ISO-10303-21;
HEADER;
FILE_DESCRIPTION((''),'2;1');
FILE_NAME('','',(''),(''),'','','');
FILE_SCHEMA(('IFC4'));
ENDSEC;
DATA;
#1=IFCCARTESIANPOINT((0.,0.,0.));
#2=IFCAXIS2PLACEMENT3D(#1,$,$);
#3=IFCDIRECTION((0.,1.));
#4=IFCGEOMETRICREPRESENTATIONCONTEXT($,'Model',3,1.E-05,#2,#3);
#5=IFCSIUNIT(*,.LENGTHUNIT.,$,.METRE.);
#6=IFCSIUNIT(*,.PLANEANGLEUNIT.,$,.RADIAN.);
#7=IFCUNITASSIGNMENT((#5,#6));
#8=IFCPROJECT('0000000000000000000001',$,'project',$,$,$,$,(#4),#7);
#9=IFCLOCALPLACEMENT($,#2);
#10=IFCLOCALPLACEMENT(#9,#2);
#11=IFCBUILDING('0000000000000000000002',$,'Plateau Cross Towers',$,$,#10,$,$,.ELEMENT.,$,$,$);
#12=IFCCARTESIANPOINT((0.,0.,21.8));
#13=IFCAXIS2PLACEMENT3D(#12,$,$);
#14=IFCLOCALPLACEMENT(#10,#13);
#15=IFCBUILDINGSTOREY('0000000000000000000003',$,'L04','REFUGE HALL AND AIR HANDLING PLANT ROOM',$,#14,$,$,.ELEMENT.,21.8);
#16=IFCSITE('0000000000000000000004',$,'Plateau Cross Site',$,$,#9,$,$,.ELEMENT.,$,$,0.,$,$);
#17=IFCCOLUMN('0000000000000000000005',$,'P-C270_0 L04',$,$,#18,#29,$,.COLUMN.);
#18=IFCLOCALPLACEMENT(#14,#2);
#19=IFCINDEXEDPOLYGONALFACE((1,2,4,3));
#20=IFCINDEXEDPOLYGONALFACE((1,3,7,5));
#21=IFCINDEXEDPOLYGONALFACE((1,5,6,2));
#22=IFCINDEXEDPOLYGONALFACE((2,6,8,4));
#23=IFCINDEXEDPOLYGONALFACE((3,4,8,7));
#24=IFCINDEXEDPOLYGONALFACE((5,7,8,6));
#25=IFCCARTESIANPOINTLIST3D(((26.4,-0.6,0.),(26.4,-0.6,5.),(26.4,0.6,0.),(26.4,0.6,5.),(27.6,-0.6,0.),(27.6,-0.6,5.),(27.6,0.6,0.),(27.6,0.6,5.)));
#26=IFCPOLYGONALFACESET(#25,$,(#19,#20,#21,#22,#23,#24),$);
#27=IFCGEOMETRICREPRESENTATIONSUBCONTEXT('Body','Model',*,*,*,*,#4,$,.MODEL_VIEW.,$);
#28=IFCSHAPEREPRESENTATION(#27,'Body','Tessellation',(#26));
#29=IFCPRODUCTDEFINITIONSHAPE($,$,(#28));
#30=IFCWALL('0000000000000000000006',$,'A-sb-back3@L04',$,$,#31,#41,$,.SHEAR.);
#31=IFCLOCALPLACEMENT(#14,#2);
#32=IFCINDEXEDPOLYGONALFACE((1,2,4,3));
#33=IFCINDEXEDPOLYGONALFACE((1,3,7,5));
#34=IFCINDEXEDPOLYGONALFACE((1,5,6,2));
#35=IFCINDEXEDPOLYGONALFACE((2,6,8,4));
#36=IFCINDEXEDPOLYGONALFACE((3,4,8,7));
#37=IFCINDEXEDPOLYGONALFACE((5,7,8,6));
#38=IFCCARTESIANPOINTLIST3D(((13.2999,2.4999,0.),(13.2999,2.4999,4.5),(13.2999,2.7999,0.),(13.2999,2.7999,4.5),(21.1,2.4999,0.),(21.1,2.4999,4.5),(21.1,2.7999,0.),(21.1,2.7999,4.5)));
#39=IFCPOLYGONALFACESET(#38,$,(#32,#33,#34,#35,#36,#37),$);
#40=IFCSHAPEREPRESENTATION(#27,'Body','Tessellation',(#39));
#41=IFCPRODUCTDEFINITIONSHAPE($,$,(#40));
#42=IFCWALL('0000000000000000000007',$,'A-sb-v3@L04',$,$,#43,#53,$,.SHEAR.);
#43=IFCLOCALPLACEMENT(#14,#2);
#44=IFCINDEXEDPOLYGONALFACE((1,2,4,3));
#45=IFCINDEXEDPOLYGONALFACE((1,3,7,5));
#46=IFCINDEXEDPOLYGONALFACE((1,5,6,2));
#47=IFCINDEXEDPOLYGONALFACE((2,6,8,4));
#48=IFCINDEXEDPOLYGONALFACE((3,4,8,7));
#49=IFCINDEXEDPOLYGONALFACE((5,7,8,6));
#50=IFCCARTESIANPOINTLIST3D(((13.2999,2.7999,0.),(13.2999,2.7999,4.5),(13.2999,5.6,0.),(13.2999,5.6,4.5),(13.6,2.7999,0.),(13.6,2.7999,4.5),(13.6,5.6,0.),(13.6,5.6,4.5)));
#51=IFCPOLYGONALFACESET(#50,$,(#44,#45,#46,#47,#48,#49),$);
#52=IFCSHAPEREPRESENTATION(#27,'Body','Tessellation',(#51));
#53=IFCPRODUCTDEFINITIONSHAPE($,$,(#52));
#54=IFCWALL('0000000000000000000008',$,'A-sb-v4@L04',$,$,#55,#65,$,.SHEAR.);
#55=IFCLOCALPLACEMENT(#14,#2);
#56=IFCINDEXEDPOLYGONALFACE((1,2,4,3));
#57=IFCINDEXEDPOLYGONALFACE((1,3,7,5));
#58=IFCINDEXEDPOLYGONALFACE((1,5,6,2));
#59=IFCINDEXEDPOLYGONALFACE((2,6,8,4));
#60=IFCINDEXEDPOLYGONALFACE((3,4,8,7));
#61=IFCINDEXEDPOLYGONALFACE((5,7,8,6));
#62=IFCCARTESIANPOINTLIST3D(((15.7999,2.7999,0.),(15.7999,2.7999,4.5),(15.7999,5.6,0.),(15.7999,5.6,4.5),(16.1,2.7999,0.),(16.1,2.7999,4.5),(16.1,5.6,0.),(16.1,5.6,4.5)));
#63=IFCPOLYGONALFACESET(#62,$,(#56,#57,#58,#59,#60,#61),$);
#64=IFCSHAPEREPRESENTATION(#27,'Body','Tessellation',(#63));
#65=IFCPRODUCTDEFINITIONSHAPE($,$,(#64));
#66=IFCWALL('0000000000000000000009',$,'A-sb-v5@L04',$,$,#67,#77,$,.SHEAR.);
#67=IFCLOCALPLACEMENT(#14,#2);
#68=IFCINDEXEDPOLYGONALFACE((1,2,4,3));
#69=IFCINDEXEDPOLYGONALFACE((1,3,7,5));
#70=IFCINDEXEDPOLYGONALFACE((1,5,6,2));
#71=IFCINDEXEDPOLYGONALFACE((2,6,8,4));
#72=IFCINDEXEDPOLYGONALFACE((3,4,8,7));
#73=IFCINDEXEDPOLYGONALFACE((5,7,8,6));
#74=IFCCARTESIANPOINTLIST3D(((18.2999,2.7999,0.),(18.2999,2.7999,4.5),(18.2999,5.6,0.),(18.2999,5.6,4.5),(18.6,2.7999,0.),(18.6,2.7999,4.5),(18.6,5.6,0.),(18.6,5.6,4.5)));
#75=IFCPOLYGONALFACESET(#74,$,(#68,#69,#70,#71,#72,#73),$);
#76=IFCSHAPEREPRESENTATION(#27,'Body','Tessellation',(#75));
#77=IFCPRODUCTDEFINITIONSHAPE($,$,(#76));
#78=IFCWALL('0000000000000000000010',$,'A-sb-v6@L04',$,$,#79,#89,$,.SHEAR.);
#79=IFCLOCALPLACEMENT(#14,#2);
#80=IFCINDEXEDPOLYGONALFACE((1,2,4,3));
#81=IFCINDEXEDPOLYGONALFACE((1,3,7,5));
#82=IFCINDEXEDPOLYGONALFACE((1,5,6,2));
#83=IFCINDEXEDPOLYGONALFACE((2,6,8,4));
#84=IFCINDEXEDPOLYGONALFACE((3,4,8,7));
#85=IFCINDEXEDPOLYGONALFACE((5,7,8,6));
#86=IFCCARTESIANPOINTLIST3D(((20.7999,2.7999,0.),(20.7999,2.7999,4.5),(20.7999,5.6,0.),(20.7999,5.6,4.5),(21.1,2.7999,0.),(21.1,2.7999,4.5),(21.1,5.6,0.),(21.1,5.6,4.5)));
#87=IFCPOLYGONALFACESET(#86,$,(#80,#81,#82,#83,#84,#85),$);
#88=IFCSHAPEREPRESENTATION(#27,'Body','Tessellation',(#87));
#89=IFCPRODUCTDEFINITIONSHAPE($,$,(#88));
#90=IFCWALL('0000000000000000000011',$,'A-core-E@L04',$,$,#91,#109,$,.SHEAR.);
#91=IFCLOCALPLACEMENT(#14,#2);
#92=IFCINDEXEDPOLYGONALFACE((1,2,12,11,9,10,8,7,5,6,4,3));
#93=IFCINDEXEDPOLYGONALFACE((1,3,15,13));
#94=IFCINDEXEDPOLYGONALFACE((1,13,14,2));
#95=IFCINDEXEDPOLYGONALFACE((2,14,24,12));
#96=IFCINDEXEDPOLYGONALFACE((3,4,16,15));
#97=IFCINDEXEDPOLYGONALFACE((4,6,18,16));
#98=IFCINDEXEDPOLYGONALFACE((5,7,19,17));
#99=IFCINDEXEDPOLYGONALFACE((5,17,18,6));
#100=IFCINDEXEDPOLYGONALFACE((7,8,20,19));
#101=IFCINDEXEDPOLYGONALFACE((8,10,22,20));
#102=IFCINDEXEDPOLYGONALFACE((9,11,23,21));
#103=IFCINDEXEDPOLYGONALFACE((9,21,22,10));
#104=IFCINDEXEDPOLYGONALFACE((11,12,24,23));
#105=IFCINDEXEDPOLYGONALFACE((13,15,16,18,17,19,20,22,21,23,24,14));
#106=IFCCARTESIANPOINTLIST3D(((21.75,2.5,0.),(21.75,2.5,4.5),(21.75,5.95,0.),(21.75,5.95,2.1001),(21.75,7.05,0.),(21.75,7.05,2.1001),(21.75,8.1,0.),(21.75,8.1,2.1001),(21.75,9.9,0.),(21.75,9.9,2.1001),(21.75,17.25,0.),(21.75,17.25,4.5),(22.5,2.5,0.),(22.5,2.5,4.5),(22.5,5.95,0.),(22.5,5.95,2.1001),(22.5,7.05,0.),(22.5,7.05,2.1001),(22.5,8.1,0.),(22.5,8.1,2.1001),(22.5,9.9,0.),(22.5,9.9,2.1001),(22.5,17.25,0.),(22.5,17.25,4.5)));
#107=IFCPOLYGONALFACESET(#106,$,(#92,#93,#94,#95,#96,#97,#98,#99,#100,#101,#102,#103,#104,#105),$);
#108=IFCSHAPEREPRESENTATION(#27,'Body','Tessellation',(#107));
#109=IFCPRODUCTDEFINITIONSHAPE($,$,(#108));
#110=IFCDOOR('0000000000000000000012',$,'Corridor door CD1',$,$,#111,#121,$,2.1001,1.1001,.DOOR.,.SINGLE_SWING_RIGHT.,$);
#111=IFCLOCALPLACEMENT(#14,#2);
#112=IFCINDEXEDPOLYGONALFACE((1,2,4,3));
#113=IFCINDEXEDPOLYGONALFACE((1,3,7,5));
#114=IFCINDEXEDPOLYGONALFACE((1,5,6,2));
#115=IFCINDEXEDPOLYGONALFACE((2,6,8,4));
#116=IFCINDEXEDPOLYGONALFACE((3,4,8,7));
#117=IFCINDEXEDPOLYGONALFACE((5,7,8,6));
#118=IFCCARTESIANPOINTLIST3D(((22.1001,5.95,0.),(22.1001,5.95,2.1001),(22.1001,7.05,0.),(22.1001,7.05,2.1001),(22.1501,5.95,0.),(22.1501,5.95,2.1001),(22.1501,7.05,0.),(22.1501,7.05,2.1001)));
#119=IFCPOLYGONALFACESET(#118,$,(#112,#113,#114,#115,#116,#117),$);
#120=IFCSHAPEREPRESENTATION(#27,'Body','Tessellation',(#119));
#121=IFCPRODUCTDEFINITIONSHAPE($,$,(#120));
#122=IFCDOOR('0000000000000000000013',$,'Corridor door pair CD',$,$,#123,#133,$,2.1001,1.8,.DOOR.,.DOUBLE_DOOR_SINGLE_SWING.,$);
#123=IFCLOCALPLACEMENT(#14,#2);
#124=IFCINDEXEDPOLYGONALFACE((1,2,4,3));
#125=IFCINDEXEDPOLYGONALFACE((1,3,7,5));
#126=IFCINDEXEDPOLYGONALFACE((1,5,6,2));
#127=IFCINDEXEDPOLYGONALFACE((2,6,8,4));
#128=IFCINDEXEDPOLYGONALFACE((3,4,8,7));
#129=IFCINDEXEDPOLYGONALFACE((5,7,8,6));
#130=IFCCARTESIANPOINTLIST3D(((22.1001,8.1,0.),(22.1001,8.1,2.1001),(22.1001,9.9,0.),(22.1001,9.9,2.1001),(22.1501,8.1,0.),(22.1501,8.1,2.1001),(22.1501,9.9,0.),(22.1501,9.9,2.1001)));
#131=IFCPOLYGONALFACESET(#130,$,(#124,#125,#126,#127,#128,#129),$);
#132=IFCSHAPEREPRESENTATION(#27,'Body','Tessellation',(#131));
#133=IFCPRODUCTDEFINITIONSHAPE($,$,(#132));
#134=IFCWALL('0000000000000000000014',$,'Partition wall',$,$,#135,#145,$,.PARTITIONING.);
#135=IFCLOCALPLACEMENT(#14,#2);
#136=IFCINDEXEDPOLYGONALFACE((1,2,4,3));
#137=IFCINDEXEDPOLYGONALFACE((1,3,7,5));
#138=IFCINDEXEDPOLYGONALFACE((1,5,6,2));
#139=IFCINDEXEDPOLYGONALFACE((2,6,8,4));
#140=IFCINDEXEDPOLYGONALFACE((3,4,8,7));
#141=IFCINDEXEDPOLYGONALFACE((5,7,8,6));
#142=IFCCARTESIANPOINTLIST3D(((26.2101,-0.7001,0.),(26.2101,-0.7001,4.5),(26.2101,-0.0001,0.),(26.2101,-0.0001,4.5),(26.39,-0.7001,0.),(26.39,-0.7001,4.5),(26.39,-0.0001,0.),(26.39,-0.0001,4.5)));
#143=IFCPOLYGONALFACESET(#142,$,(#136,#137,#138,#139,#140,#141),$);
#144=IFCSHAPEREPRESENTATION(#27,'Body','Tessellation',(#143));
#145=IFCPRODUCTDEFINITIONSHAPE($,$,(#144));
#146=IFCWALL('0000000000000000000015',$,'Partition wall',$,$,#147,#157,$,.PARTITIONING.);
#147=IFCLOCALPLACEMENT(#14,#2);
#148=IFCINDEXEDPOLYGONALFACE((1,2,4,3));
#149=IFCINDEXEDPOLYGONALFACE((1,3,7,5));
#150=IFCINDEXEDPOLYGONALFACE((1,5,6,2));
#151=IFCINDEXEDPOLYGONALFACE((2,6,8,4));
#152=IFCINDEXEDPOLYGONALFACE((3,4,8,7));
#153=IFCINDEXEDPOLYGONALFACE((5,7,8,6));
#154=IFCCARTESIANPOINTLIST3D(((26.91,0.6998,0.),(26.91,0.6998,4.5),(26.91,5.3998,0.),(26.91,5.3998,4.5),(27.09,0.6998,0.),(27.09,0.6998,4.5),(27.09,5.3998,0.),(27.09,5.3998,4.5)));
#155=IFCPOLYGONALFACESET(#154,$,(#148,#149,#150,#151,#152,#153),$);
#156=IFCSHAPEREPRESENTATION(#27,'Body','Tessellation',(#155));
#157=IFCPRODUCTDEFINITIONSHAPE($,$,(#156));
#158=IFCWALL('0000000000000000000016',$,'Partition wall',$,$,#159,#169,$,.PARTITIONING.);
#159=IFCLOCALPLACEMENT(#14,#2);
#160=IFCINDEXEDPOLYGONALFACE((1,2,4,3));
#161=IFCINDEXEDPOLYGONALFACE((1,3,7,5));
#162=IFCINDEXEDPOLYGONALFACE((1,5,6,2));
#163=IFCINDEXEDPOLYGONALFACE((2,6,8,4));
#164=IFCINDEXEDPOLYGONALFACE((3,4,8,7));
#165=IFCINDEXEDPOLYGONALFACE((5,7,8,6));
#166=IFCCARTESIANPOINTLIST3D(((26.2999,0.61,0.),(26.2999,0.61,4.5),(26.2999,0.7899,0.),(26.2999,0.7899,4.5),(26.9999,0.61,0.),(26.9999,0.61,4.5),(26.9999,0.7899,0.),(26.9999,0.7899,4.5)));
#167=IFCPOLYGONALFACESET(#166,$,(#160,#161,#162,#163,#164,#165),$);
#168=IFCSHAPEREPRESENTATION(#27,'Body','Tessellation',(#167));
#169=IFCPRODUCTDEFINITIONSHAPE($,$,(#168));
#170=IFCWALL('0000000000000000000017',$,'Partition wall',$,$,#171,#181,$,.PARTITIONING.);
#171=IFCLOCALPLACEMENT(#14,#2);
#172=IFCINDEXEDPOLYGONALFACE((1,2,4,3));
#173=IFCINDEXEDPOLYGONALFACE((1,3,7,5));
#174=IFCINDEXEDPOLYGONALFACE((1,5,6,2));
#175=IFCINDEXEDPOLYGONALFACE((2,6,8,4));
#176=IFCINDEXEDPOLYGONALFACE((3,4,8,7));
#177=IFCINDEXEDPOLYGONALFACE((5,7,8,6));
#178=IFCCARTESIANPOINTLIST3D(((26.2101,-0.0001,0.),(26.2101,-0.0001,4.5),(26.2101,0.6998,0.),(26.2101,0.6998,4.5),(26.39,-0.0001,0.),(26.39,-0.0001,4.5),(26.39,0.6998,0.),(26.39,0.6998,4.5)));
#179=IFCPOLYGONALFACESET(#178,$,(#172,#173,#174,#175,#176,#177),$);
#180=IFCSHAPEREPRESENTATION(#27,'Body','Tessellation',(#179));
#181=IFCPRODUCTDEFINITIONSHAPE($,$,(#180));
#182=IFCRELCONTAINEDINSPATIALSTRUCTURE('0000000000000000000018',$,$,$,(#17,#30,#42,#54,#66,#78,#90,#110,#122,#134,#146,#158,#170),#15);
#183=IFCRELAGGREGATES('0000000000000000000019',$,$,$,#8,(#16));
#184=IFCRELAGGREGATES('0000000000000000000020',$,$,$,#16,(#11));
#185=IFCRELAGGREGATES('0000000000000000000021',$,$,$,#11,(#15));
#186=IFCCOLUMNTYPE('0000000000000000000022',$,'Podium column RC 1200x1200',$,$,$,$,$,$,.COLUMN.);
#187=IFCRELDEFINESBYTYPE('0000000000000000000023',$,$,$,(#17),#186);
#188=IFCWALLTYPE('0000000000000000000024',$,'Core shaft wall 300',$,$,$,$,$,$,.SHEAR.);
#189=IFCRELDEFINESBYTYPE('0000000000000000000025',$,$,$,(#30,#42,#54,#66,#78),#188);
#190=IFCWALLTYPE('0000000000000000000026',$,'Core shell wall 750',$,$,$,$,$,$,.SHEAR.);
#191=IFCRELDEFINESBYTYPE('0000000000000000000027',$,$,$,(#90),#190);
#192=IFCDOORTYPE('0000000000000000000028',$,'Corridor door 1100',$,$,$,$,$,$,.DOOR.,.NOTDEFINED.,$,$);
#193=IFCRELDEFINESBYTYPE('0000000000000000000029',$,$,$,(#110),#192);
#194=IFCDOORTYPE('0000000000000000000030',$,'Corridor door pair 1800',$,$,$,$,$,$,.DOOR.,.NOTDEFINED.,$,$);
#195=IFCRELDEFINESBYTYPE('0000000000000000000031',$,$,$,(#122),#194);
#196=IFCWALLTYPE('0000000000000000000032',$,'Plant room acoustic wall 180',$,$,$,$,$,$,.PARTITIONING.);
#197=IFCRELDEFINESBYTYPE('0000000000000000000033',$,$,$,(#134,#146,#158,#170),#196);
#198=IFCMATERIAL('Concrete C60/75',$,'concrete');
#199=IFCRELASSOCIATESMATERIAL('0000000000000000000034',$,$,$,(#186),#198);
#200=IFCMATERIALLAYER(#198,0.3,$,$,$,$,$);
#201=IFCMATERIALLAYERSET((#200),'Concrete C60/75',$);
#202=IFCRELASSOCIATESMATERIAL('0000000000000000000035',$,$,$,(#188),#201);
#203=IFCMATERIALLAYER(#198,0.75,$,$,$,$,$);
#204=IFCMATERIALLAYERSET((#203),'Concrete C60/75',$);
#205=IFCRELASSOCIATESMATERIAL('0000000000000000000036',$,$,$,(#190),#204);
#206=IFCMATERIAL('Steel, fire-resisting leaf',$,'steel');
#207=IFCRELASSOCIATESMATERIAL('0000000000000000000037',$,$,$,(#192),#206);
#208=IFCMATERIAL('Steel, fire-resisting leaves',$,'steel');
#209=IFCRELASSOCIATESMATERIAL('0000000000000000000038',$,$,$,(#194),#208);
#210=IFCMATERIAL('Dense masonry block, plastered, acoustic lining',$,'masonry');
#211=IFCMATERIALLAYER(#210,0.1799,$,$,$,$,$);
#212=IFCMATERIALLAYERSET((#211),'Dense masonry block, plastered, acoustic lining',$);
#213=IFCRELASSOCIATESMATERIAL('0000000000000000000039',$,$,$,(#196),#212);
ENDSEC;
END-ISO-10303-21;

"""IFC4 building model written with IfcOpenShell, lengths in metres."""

from ifc_helpers import new_model, si_unit, direction, frame, frame_2d, origin, origin_2d, place, context, subcontext, project, spatial, rectangle, extrude, material, layer, layer_set, material_profile, profile_set, type_object, element, fill, save


model = new_model("IFC4")

# Units and contexts
model_context = context("Model", 3, precision=1e-05, world=origin(), true_north=direction((0.0, 1.0)))
body_context = subcontext(model_context, "Body", "Model", "MODEL_VIEW")
ifc_project = project(units=[si_unit("LENGTHUNIT", "METRE"), si_unit("PLANEANGLEUNIT", "RADIAN")], contexts=[model_context])

# Site, building, storey
site_placement = place(None, origin())
site = spatial("IfcSite", under=ifc_project, at=site_placement, Name="Plateau Cross Site", CompositionType="ELEMENT", RefElevation=0.0)
building_placement = place(site_placement, origin())
building = spatial("IfcBuilding", under=site, at=building_placement, Name="Plateau Cross Towers", CompositionType="ELEMENT")
storey_placement = place(building_placement, frame((0.0, 0.0, 21.8)))
storey = spatial("IfcBuildingStorey", under=building, at=storey_placement, Name="L04", Description="REFUGE HALL AND AIR HANDLING PLANT ROOM", CompositionType="ELEMENT", Elevation=21.8)

# Column
ifc_material_1 = material(Name="Concrete C60/75", Category="concrete")
ifc_material_profile = material_profile(ifc_material_1, rectangle(XDim=1.2, YDim=1.2, at=origin_2d()), Name="RC 1200x1200")
ifc_profile_set = profile_set([ifc_material_profile], Name="Concrete C60/75")
column_type = type_object("IfcColumnType", Name="Podium column RC 1200x1200", PredefinedType="COLUMN", material=ifc_profile_set)
column_placement = place(storey_placement, frame((27.0, 0.0, 0.0), z_axis=(0.0, 0.0, 1.0), x_axis=(1.0, 0.0, 0.0)))
element("IfcColumn", 1, at=column_placement, inside=storey, type_object=column_type, Name="P-C270_0 L04", PredefinedType="COLUMN", context=body_context, shape_type="SweptSolid", body=[
    extrude(rectangle(XDim=1.2, YDim=1.2, at=origin_2d()), origin(), (0.0, 0.0, 1.0), 5.0),
])

# Walls
ifc_layer_1 = layer(ifc_material_1, 0.3)
ifc_layer_set_1 = layer_set([ifc_layer_1], Name="Concrete C60/75")
wall_type_1 = type_object("IfcWallType", Name="Core shaft wall 300", PredefinedType="SHEAR", material=ifc_layer_set_1)
wall_1_placement = place(storey_placement, frame((13.3, 2.6499, 0.0), z_axis=(0.0, 0.0, 1.0), x_axis=(1.0, 0.0, 0.0)))
element("IfcWall", 2, at=wall_1_placement, inside=storey, type_object=wall_type_1, Name="A-sb-back3@L04", PredefinedType="SHEAR", context=body_context, shape_type="SweptSolid", body=[
    extrude(rectangle(XDim=7.8, YDim=0.3, at=frame_2d((3.8999, 0.0))), origin(), (0.0, 0.0, 1.0), 4.5),
])
for number, where, z_axis, x_axis, name in (
    (3, (13.45, 2.8, 0.0), (0.0, 0.0, 1.0), (0.0, 1.0, 0.0), "A-sb-v3@L04"),
    (4, (15.95, 2.8, 0.0), (0.0, 0.0, 1.0), (0.0, 1.0, 0.0), "A-sb-v4@L04"),
    (5, (18.45, 2.8, 0.0), (0.0, 0.0, 1.0), (0.0, 1.0, 0.0), "A-sb-v5@L04"),
    (6, (20.95, 2.8, 0.0), (0.0, 0.0, 1.0), (0.0, 1.0, 0.0), "A-sb-v6@L04"),
):
    element("IfcWall", number, at=place(storey_placement, frame(where, z_axis=z_axis, x_axis=x_axis)), inside=storey, type_object=wall_type_1, Name=name, PredefinedType="SHEAR", context=body_context, shape_type="SweptSolid", body=[
        extrude(rectangle(XDim=2.8, YDim=0.3, at=frame_2d((1.3999, 0.0))), origin(), (0.0, 0.0, 1.0), 4.5),
    ])

# Wall, openings, doors
ifc_layer_2 = layer(ifc_material_1, 0.75)
ifc_layer_set_2 = layer_set([ifc_layer_2], Name="Concrete C60/75")
wall_type_2 = type_object("IfcWallType", Name="Core shell wall 750", PredefinedType="SHEAR", material=ifc_layer_set_2)
wall_2_placement = place(storey_placement, frame((22.125, 2.5, 0.0), z_axis=(0.0, 0.0, 1.0), x_axis=(0.0, 1.0, 0.0)))
wall_2 = element("IfcWall", 7, at=wall_2_placement, inside=storey, type_object=wall_type_2, Name="A-core-E@L04", PredefinedType="SHEAR", context=body_context, shape_type="SweptSolid", body=[
    extrude(rectangle(XDim=14.75, YDim=0.75, at=frame_2d((7.375, 0.0))), origin(), (0.0, 0.0, 1.0), 4.5),
])
opening_1_placement = place(wall_2_placement, frame((5.6001, 0.0, 0.0)))
opening_1 = element("IfcOpeningElement", 8, at=opening_1_placement, cuts=wall_2, PredefinedType="OPENING", context=body_context, shape_type="SweptSolid", body=[
    extrude(rectangle(XDim=1.8, YDim=2.1001, at=frame_2d((0.8999, 1.05))), frame((0.0, 0.385, 0.0), z_axis=(0.0, -1.0, 0.0), x_axis=(1.0, 0.0, 0.0)), (0.0, 0.0, 1.0), 0.77),
])
opening_2_placement = place(wall_2_placement, frame((3.45, 0.0, 0.0)))
opening_2 = element("IfcOpeningElement", 9, at=opening_2_placement, cuts=wall_2, PredefinedType="OPENING", context=body_context, shape_type="SweptSolid", body=[
    extrude(rectangle(XDim=1.1001, YDim=2.1001, at=frame_2d((0.55, 1.05))), frame((0.0, 0.385, 0.0), z_axis=(0.0, -1.0, 0.0), x_axis=(1.0, 0.0, 0.0)), (0.0, 0.0, 1.0), 0.77),
])
ifc_material_2 = material(Name="Steel, fire-resisting leaf", Category="steel")
door_type_1 = type_object("IfcDoorType", Name="Corridor door 1100", OperationType="NOTDEFINED", PredefinedType="DOOR", material=ifc_material_2)
door_1_placement = place(opening_2_placement, origin())
door_1 = element("IfcDoor", 10, at=door_1_placement, inside=storey, type_object=door_type_1, Name="Corridor door CD1", OperationType="SINGLE_SWING_RIGHT", OverallHeight=2.1001, OverallWidth=1.1001, PredefinedType="DOOR", context=body_context, shape_type="SweptSolid", body=[
    extrude(rectangle(XDim=1.1001, YDim=2.1001, at=frame_2d((0.55, 1.05))), frame((0.0, 0.0249, 0.0), z_axis=(0.0, -1.0, 0.0), x_axis=(1.0, 0.0, 0.0)), (0.0, 0.0, 1.0), 0.05),
])
fill(opening_2, door_1)
ifc_material_3 = material(Name="Steel, fire-resisting leaves", Category="steel")
door_type_2 = type_object("IfcDoorType", Name="Corridor door pair 1800", OperationType="NOTDEFINED", PredefinedType="DOOR", material=ifc_material_3)
door_2_placement = place(opening_1_placement, origin())
door_2 = element("IfcDoor", 11, at=door_2_placement, inside=storey, type_object=door_type_2, Name="Corridor door pair CD", OperationType="DOUBLE_DOOR_SINGLE_SWING", OverallHeight=2.1001, OverallWidth=1.8, PredefinedType="DOOR", context=body_context, shape_type="SweptSolid", body=[
    extrude(rectangle(XDim=1.8, YDim=2.1001, at=frame_2d((0.8999, 1.05))), frame((0.0, 0.0249, 0.0), z_axis=(0.0, -1.0, 0.0), x_axis=(1.0, 0.0, 0.0)), (0.0, 0.0, 1.0), 0.05),
])
fill(opening_1, door_2)

# Walls
ifc_material_4 = material(Name="Dense masonry block, plastered, acoustic lining", Category="masonry")
ifc_layer_3 = layer(ifc_material_4, 0.1799)
ifc_layer_set_3 = layer_set([ifc_layer_3], Name="Dense masonry block, plastered, acoustic lining")
wall_type_3 = type_object("IfcWallType", Name="Plant room acoustic wall 180", PredefinedType="PARTITIONING", material=ifc_layer_set_3)
wall_3_placement = place(storey_placement, frame((26.3, 0.0, 0.0), z_axis=(0.0, 0.0, 1.0), x_axis=(0.0, -1.0, 0.0)))
element("IfcWall", 12, at=wall_3_placement, inside=storey, type_object=wall_type_3, Name="Partition wall", PredefinedType="PARTITIONING", context=body_context, shape_type="SweptSolid", body=[
    extrude(rectangle(XDim=0.7, YDim=0.1799, at=frame_2d((0.3501, 0.0))), origin(), (0.0, 0.0, 1.0), 4.5),
])
wall_4_placement = place(storey_placement, frame((27.0, 5.3999, 0.0), z_axis=(0.0, 0.0, 1.0), x_axis=(0.0, -1.0, 0.0)))
element("IfcWall", 13, at=wall_4_placement, inside=storey, type_object=wall_type_3, Name="Partition wall", PredefinedType="PARTITIONING", context=body_context, shape_type="SweptSolid", body=[
    extrude(rectangle(XDim=4.7, YDim=0.1799, at=frame_2d((2.3501, 0.0))), origin(), (0.0, 0.0, 1.0), 4.5),
])
for number, where, z_axis, x_axis, name in (
    (14, (27.0, 0.7, 0.0), (0.0, 0.0, 1.0), (-1.0, 0.0, 0.0), "Partition wall"),
    (15, (26.3, 0.7, 0.0), (0.0, 0.0, 1.0), (0.0, -1.0, 0.0), "Partition wall"),
):
    element("IfcWall", number, at=place(storey_placement, frame(where, z_axis=z_axis, x_axis=x_axis)), inside=storey, type_object=wall_type_3, Name=name, PredefinedType="PARTITIONING", context=body_context, shape_type="SweptSolid", body=[
        extrude(rectangle(XDim=0.7, YDim=0.1799, at=frame_2d((0.3501, 0.0))), origin(), (0.0, 0.0, 1.0), 4.5),
    ])

save(model, "model.ifc")
